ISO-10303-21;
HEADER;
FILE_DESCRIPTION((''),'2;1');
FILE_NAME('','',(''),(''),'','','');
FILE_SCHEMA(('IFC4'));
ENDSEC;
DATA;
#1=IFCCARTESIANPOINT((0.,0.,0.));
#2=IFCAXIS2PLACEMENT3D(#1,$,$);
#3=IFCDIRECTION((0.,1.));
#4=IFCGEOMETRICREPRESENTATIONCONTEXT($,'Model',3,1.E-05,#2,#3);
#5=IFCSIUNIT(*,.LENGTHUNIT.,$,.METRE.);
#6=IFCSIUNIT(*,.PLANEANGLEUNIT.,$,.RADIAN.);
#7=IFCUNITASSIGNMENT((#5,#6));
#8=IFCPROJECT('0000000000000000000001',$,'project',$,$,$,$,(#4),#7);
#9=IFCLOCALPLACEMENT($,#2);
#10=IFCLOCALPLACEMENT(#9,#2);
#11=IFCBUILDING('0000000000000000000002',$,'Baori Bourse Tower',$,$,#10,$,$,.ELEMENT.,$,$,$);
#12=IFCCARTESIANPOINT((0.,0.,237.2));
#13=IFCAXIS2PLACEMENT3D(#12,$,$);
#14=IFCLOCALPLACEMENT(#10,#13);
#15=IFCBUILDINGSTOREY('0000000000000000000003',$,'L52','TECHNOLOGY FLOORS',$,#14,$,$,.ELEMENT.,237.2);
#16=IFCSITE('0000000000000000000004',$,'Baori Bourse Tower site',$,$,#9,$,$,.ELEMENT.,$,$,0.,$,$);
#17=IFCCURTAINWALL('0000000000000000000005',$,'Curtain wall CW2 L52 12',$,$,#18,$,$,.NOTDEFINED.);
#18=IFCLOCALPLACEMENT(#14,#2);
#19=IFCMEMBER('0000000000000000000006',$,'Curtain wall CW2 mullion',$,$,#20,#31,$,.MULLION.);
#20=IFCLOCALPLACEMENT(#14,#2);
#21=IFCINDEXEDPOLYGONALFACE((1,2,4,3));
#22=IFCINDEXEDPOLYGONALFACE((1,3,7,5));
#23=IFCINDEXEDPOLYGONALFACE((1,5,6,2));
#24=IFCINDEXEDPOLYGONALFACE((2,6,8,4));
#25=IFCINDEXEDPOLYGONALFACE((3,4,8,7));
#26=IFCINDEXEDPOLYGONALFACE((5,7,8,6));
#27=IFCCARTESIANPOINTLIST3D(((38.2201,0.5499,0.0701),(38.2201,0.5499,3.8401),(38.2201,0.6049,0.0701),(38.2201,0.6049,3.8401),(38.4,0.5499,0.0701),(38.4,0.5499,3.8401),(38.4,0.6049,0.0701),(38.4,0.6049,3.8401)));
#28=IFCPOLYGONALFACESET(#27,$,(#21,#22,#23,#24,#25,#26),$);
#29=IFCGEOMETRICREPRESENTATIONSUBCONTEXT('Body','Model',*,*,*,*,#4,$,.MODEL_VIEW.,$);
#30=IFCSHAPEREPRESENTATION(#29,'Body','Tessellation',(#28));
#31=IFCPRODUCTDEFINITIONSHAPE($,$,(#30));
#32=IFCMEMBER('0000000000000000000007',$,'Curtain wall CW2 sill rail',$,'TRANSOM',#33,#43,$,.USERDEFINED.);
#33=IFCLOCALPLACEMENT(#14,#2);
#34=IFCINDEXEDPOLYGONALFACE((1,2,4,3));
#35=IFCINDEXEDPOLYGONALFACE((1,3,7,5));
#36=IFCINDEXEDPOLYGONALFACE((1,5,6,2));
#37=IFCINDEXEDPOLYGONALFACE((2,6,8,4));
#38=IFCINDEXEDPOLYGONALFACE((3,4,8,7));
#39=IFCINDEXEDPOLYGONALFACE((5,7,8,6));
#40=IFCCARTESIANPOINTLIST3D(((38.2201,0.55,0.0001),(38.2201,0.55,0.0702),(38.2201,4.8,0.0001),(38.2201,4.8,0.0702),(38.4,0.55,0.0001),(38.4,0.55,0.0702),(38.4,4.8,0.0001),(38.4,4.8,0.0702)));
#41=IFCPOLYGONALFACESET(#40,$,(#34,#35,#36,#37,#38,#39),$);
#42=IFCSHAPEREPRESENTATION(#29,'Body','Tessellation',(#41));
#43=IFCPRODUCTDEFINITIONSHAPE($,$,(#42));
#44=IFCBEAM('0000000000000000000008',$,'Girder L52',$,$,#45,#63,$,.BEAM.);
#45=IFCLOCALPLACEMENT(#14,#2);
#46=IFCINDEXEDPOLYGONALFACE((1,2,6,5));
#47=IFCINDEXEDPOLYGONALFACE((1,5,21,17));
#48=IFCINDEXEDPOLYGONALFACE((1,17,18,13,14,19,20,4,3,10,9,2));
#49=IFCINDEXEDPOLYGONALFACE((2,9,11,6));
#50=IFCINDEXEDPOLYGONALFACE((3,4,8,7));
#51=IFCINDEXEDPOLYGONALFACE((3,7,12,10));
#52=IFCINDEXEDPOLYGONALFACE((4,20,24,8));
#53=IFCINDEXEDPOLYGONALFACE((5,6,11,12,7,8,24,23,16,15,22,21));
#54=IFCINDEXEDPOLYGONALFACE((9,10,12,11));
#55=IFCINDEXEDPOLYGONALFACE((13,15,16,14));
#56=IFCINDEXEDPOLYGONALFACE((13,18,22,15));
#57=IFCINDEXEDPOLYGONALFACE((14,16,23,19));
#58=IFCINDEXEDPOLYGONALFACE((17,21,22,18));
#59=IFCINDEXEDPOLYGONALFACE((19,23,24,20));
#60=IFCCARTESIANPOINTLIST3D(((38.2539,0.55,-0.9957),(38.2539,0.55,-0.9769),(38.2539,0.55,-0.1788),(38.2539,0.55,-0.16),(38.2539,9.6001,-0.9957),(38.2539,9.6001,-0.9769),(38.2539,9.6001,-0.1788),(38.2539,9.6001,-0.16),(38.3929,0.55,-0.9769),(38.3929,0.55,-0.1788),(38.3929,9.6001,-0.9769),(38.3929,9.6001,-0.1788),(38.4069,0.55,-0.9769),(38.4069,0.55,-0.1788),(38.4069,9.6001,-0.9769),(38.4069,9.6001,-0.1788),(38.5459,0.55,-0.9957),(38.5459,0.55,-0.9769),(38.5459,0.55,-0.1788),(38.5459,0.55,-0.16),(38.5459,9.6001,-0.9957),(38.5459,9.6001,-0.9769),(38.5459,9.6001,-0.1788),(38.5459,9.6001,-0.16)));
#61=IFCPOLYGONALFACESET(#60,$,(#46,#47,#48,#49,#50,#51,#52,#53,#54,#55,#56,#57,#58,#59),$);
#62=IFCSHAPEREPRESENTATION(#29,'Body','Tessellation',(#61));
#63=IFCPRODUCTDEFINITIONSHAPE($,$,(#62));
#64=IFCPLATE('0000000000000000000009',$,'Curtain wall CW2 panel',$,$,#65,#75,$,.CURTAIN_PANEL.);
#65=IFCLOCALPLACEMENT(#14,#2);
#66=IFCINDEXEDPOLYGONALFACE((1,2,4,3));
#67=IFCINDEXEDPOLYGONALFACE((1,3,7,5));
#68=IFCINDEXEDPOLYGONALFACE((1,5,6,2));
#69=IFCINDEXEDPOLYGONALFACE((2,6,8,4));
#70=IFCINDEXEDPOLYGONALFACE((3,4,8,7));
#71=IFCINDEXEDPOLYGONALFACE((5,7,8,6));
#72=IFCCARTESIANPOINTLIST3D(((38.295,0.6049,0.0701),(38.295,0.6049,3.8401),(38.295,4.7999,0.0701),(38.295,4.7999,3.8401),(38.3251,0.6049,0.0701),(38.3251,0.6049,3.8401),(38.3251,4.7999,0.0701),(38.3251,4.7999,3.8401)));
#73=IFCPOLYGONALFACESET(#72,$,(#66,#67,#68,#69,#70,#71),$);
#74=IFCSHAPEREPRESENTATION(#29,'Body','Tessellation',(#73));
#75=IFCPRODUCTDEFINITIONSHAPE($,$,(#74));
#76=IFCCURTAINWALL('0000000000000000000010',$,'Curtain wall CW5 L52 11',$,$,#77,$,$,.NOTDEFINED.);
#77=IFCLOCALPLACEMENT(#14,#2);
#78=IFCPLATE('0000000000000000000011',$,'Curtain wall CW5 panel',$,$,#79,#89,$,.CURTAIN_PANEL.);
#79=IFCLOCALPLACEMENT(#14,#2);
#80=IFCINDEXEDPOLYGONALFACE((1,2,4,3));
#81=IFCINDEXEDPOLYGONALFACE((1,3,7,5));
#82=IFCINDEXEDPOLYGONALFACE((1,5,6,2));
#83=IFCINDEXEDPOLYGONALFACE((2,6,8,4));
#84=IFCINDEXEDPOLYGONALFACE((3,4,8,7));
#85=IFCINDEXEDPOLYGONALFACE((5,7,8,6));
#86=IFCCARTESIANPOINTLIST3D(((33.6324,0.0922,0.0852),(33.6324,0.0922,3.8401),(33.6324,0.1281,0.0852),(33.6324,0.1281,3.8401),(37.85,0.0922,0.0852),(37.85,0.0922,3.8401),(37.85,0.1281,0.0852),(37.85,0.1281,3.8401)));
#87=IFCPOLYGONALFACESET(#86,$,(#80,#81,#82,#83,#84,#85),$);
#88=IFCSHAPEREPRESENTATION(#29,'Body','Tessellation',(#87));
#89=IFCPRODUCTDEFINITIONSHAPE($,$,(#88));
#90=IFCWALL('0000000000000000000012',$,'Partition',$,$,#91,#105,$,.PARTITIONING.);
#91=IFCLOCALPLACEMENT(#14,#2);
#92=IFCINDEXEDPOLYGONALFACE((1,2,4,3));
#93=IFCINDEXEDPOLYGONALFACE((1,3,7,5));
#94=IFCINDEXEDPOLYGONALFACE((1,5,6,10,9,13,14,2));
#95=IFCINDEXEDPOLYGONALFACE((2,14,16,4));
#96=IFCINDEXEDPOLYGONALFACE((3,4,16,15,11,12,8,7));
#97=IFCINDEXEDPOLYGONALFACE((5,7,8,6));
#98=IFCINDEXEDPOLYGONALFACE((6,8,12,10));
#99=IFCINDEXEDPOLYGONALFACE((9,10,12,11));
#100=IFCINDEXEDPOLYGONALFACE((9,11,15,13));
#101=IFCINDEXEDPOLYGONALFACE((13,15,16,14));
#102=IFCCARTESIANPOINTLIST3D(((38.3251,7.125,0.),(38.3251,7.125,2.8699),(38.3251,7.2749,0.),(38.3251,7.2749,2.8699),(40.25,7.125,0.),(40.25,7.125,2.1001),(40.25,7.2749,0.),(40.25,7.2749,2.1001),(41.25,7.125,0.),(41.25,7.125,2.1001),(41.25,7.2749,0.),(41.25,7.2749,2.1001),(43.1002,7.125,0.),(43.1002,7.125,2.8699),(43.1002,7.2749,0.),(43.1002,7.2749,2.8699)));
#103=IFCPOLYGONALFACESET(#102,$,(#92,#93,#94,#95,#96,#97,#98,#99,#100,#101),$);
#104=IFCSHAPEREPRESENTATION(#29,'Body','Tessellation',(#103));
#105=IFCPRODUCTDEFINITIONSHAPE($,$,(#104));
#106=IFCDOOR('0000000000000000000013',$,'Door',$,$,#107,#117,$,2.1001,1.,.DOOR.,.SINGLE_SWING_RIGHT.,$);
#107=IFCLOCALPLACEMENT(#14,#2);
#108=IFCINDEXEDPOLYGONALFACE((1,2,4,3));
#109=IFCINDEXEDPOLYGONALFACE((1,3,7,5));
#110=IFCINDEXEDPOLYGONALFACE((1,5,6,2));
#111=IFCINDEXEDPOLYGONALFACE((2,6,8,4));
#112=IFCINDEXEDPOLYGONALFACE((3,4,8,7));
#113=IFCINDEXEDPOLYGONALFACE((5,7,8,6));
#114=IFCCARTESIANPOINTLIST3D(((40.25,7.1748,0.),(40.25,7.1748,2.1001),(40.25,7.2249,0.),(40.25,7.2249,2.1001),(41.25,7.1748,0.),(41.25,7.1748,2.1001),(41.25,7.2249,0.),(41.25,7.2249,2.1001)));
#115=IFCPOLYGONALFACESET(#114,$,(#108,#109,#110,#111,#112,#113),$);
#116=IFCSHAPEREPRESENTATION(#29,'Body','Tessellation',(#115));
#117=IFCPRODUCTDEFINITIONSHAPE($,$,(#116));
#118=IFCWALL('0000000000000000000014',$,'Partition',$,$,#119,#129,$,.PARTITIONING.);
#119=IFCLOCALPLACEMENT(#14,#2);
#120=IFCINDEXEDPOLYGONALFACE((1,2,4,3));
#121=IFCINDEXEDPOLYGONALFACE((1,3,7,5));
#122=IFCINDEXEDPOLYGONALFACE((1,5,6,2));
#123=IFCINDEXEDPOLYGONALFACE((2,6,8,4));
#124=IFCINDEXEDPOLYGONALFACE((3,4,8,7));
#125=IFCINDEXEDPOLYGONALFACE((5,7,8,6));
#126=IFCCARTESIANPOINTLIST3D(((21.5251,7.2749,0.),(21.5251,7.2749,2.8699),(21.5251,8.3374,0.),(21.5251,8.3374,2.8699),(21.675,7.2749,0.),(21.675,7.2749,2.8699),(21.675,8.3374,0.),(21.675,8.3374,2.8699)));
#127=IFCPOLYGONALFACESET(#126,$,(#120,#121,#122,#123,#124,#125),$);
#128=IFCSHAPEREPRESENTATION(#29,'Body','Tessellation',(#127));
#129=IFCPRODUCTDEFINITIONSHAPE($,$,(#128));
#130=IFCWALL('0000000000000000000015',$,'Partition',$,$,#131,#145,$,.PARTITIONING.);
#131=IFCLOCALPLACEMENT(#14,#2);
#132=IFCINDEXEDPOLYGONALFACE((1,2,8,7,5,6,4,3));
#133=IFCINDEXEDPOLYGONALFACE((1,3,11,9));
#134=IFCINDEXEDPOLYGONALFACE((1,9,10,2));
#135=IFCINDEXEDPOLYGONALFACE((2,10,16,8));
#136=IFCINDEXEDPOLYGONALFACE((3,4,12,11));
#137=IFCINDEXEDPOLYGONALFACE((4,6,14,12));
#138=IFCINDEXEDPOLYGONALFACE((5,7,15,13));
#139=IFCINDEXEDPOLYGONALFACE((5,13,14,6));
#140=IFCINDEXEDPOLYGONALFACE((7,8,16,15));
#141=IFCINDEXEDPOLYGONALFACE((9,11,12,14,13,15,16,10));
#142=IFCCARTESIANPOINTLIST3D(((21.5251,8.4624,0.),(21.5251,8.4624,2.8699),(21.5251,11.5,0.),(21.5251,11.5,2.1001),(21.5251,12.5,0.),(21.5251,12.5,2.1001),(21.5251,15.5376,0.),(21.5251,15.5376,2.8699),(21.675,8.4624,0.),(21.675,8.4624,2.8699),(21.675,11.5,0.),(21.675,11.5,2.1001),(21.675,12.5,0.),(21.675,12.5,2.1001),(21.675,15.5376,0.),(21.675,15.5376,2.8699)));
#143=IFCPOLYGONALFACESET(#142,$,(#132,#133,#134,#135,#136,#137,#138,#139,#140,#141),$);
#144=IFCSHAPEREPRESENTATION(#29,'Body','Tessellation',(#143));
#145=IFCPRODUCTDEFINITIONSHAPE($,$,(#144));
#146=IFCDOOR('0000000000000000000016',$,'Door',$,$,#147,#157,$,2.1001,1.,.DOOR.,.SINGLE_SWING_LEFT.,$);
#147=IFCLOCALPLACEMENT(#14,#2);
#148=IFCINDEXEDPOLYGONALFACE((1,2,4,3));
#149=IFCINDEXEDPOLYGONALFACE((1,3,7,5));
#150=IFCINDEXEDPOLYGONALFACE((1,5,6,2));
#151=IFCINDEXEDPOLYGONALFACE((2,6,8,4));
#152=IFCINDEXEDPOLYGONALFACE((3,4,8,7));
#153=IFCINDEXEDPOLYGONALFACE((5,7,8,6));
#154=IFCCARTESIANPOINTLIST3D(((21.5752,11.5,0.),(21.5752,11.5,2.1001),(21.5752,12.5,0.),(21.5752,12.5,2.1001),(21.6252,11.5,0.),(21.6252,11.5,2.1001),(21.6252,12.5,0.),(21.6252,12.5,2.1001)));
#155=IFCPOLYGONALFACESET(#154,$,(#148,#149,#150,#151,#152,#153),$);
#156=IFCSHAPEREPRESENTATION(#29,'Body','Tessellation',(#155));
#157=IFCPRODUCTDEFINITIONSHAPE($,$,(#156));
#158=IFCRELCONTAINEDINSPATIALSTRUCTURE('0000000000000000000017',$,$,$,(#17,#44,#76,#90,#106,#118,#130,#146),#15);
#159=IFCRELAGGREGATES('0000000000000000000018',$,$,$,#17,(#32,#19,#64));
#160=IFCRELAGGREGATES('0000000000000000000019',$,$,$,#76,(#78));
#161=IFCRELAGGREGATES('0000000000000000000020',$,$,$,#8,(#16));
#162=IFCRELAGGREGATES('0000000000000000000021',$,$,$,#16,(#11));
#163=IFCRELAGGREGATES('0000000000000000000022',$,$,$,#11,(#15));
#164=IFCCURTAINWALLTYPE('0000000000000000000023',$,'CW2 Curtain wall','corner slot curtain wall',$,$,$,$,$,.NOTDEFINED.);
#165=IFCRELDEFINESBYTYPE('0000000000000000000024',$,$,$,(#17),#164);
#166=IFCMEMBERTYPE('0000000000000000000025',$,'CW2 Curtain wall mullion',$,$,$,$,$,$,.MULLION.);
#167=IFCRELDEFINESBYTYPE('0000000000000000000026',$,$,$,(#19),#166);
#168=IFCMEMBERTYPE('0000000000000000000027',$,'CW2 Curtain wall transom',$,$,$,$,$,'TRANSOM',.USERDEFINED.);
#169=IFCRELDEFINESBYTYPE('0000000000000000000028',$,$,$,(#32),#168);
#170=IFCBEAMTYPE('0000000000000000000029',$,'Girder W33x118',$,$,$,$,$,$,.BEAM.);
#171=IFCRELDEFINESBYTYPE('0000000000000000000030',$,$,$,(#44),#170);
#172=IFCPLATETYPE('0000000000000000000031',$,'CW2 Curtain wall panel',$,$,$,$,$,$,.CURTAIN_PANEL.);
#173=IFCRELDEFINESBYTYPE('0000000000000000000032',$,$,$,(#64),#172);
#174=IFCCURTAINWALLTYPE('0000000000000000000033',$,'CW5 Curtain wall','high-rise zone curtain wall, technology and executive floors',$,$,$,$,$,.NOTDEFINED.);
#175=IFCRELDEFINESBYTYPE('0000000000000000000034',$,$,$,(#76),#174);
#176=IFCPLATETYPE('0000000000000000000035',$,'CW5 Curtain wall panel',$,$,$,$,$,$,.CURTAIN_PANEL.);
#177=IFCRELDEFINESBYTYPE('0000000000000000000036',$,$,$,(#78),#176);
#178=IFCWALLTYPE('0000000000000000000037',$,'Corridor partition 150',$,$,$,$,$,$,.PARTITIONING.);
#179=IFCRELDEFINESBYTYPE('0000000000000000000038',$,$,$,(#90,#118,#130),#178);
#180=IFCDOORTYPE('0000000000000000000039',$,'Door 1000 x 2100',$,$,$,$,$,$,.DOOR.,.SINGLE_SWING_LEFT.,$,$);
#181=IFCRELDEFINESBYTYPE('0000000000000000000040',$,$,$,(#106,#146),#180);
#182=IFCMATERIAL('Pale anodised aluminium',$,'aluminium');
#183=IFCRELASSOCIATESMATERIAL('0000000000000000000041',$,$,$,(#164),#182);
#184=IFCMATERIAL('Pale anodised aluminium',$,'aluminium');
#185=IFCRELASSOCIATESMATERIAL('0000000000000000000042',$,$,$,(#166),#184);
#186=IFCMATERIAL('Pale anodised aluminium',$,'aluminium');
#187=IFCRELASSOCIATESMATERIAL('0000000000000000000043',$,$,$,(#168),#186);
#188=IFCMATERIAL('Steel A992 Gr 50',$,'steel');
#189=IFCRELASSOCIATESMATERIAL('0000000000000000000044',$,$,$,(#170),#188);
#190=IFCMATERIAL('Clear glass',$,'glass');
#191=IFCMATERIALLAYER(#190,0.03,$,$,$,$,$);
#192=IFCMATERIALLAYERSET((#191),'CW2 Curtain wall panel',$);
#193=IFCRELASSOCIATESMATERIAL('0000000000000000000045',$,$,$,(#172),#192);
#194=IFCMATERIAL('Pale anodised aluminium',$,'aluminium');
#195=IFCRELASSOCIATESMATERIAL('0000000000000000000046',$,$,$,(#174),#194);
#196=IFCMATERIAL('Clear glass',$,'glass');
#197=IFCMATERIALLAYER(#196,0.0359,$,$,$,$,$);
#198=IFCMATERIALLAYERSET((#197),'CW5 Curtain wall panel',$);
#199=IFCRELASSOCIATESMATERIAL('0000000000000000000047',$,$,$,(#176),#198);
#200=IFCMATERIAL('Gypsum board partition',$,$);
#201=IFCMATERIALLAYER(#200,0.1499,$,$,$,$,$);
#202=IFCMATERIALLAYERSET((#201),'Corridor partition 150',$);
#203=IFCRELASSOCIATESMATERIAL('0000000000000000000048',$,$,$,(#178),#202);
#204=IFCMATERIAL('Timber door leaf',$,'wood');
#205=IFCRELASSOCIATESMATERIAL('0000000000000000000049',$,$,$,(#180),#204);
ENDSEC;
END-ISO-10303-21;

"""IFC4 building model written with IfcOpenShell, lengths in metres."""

from ifc_helpers import new_model, si_unit, direction, frame, frame_2d, origin, origin_2d, place, context, subcontext, project, spatial, rectangle, i_section, extrude, material, layer, layer_set, material_profile, profile_set, type_object, element, fill, aggregate, save


model = new_model("IFC4")

# Units and contexts
model_context = context("Model", 3, precision=1e-05, world=origin(), true_north=direction((0.0, 1.0)))
body_context = subcontext(model_context, "Body", "Model", "MODEL_VIEW")
ifc_project = project(units=[si_unit("LENGTHUNIT", "METRE"), si_unit("PLANEANGLEUNIT", "RADIAN")], contexts=[model_context])

# Site, building, storey
site_placement = place(None, origin())
site = spatial("IfcSite", under=ifc_project, at=site_placement, Name="Baori Bourse Tower site", CompositionType="ELEMENT", RefElevation=0.0)
building_placement = place(site_placement, origin())
building = spatial("IfcBuilding", under=site, at=building_placement, Name="Baori Bourse Tower", CompositionType="ELEMENT")
storey_placement = place(building_placement, frame((0.0, 0.0, 237.2)))
storey = spatial("IfcBuildingStorey", under=building, at=storey_placement, Name="L52", Description="TECHNOLOGY FLOORS", CompositionType="ELEMENT", Elevation=237.2)

# Curtain wall, members
ifc_material_1 = material(Name="Pale anodised aluminium", Category="aluminium")
curtain_wall_type_1 = type_object("IfcCurtainWallType", Name="CW2 Curtain wall", Description="corner slot curtain wall", PredefinedType="NOTDEFINED", material=ifc_material_1)
curtain_wall_1_placement = place(storey_placement, origin())
curtain_wall_1 = element("IfcCurtainWall", 1, at=curtain_wall_1_placement, inside=storey, type_object=curtain_wall_type_1, Name="Curtain wall CW2 L52 12", PredefinedType="NOTDEFINED")
ifc_material_2 = material(Name="Pale anodised aluminium", Category="aluminium")
ifc_material_profile_1 = material_profile(ifc_material_2, rectangle(XDim=0.1799, YDim=0.0549, at=origin_2d()), Name="Mullion 55x180")
ifc_profile_set_1 = profile_set([ifc_material_profile_1], Name="Pale anodised aluminium")
member_type_1 = type_object("IfcMemberType", Name="CW2 Curtain wall mullion", PredefinedType="MULLION", material=ifc_profile_set_1)
member_1_placement = place(storey_placement, frame((38.3101, 0.5774, 0.0701), z_axis=(0.0, 0.0, 1.0), x_axis=(-1.0, 0.0, 0.0)))
member_1 = element("IfcMember", 2, at=member_1_placement, type_object=member_type_1, Name="Curtain wall CW2 mullion", PredefinedType="MULLION", context=body_context, shape_type="SweptSolid", body=[
    extrude(rectangle(XDim=0.1799, YDim=0.0549, at=origin_2d()), origin(), (0.0, 0.0, 1.0), 3.77),
])
ifc_material_3 = material(Name="Pale anodised aluminium", Category="aluminium")
ifc_material_profile_2 = material_profile(ifc_material_3, rectangle(XDim=0.1799, YDim=0.0701, at=origin_2d()), Name="Transom 70x180")
ifc_profile_set_2 = profile_set([ifc_material_profile_2], Name="Pale anodised aluminium")
member_type_2 = type_object("IfcMemberType", Name="CW2 Curtain wall transom", ElementType="TRANSOM", PredefinedType="USERDEFINED", material=ifc_profile_set_2)
member_2_placement = place(storey_placement, frame((38.3101, 0.55, 0.0352), z_axis=(0.0, 1.0, 0.0), x_axis=(-1.0, 0.0, 0.0)))
member_2 = element("IfcMember", 3, at=member_2_placement, type_object=member_type_2, Name="Curtain wall CW2 sill rail", ObjectType="TRANSOM", PredefinedType="USERDEFINED", context=body_context, shape_type="SweptSolid", body=[
    extrude(rectangle(XDim=0.1799, YDim=0.0701, at=origin_2d()), origin(), (0.0, 0.0, 1.0), 4.25),
])

# Beam
ifc_material_4 = material(Name="Steel A992 Gr 50", Category="steel")
ifc_material_profile_3 = material_profile(ifc_material_4, i_section(OverallWidth=0.292, OverallDepth=0.8357, WebThickness=0.0139, FlangeThickness=0.0188, at=origin_2d()), Name="W33x118")
ifc_profile_set_3 = profile_set([ifc_material_profile_3], Name="Steel A992 Gr 50")
beam_type = type_object("IfcBeamType", Name="Girder W33x118", PredefinedType="BEAM", material=ifc_profile_set_3)
beam_placement = place(storey_placement, frame((38.3999, 0.55, -0.5779), z_axis=(0.0, 1.0, 0.0), x_axis=(-1.0, 0.0, 0.0)))
element("IfcBeam", 4, at=beam_placement, inside=storey, type_object=beam_type, Name="Girder L52", PredefinedType="BEAM", context=body_context, shape_type="SweptSolid", body=[
    extrude(i_section(OverallWidth=0.292, OverallDepth=0.8357, WebThickness=0.0139, FlangeThickness=0.0188, at=origin_2d()), origin(), (0.0, 0.0, 1.0), 9.05),
])

# Plate
ifc_material_5 = material(Name="Clear glass", Category="glass")
ifc_layer_1 = layer(ifc_material_5, 0.03)
ifc_layer_set_1 = layer_set([ifc_layer_1], Name="CW2 Curtain wall panel")
plate_type_1 = type_object("IfcPlateType", Name="CW2 Curtain wall panel", PredefinedType="CURTAIN_PANEL", material=ifc_layer_set_1)
plate_1_placement = place(storey_placement, frame((38.3101, 2.7024, 0.0701), z_axis=(0.0, 0.0, 1.0), x_axis=(0.0, 1.0, 0.0)))
plate_1 = element("IfcPlate", 5, at=plate_1_placement, type_object=plate_type_1, Name="Curtain wall CW2 panel", PredefinedType="CURTAIN_PANEL", context=body_context, shape_type="SweptSolid", body=[
    extrude(rectangle(XDim=4.1951, YDim=0.03, at=origin_2d()), origin(), (0.0, 0.0, 1.0), 3.77),
])
aggregate(curtain_wall_1, [member_2, member_1, plate_1])

# Curtain wall, plate
ifc_material_6 = material(Name="Pale anodised aluminium", Category="aluminium")
curtain_wall_type_2 = type_object("IfcCurtainWallType", Name="CW5 Curtain wall", Description="high-rise zone curtain wall, technology and executive floors", PredefinedType="NOTDEFINED", material=ifc_material_6)
curtain_wall_2_placement = place(storey_placement, origin())
curtain_wall_2 = element("IfcCurtainWall", 6, at=curtain_wall_2_placement, inside=storey, type_object=curtain_wall_type_2, Name="Curtain wall CW5 L52 11", PredefinedType="NOTDEFINED")
ifc_material_7 = material(Name="Clear glass", Category="glass")
ifc_layer_2 = layer(ifc_material_7, 0.0359)
ifc_layer_set_2 = layer_set([ifc_layer_2], Name="CW5 Curtain wall panel")
plate_type_2 = type_object("IfcPlateType", Name="CW5 Curtain wall panel", PredefinedType="CURTAIN_PANEL", material=ifc_layer_set_2)
plate_2_placement = place(storey_placement, frame((35.7412, 0.1101, 0.0852), z_axis=(0.0, 0.0, 1.0), x_axis=(1.0, 0.0, 0.0)))
plate_2 = element("IfcPlate", 7, at=plate_2_placement, type_object=plate_type_2, Name="Curtain wall CW5 panel", PredefinedType="CURTAIN_PANEL", context=body_context, shape_type="SweptSolid", body=[
    extrude(rectangle(XDim=4.2175, YDim=0.0359, at=origin_2d()), origin(), (0.0, 0.0, 1.0), 3.7549),
])
aggregate(curtain_wall_2, [plate_2])

# Wall, opening, door
ifc_material_8 = material(Name="Gypsum board partition")
ifc_layer_3 = layer(ifc_material_8, 0.1499)
ifc_layer_set_3 = layer_set([ifc_layer_3], Name="Corridor partition 150")
wall_type_1 = type_object("IfcWallType", Name="Corridor partition 150", PredefinedType="PARTITIONING", material=ifc_layer_set_3)
wall_1_placement = place(storey_placement, frame((38.325, 7.2, 0.0), z_axis=(0.0, 0.0, 1.0), x_axis=(1.0, 0.0, 0.0)))
wall_1 = element("IfcWall", 8, at=wall_1_placement, inside=storey, type_object=wall_type_1, Name="Partition", PredefinedType="PARTITIONING", context=body_context, shape_type="SweptSolid", body=[
    extrude(rectangle(XDim=4.7751, YDim=0.1499, at=frame_2d((2.3877, 0.0))), origin(), (0.0, 0.0, 1.0), 2.8699),
])
opening_1_placement = place(wall_1_placement, frame((1.925, 0.0, 0.0)))
opening_1 = element("IfcOpeningElement", 9, at=opening_1_placement, cuts=wall_1, PredefinedType="OPENING", context=body_context, shape_type="SweptSolid", body=[
    extrude(rectangle(XDim=1.0, YDim=2.1001, at=frame_2d((0.5, 1.05))), frame((0.0, 0.085, 0.0), z_axis=(0.0, -1.0, 0.0), x_axis=(1.0, 0.0, 0.0)), (0.0, 0.0, 1.0), 0.1699),
])
ifc_material_9 = material(Name="Timber door leaf", Category="wood")
door_type = type_object("IfcDoorType", Name="Door 1000 x 2100", OperationType="SINGLE_SWING_LEFT", PredefinedType="DOOR", material=ifc_material_9)
door_1_placement = place(opening_1_placement, origin())
door_1 = element("IfcDoor", 10, at=door_1_placement, inside=storey, type_object=door_type, Name="Door", OperationType="SINGLE_SWING_RIGHT", OverallHeight=2.1001, OverallWidth=1.0, PredefinedType="DOOR", context=body_context, shape_type="SweptSolid", body=[
    extrude(rectangle(XDim=1.0, YDim=2.1001, at=frame_2d((0.5, 1.05))), frame((0.0, 0.0249, 0.0), z_axis=(0.0, -1.0, 0.0), x_axis=(1.0, 0.0, 0.0)), (0.0, 0.0, 1.0), 0.05),
])
fill(opening_1, door_1)

# Wall
wall_2_placement = place(storey_placement, frame((21.6001, 7.2749, 0.0), z_axis=(0.0, 0.0, 1.0), x_axis=(0.0, 1.0, 0.0)))
element("IfcWall", 11, at=wall_2_placement, inside=storey, type_object=wall_type_1, Name="Partition", PredefinedType="PARTITIONING", context=body_context, shape_type="SweptSolid", body=[
    extrude(rectangle(XDim=1.0625, YDim=0.1499, at=frame_2d((0.5312, 0.0))), origin(), (0.0, 0.0, 1.0), 2.8699),
])

# Wall, opening, door
wall_3_placement = place(storey_placement, frame((21.6001, 8.4624, 0.0), z_axis=(0.0, 0.0, 1.0), x_axis=(0.0, 1.0, 0.0)))
wall_3 = element("IfcWall", 12, at=wall_3_placement, inside=storey, type_object=wall_type_1, Name="Partition", PredefinedType="PARTITIONING", context=body_context, shape_type="SweptSolid", body=[
    extrude(rectangle(XDim=7.0752, YDim=0.1499, at=frame_2d((3.5376, 0.0))), origin(), (0.0, 0.0, 1.0), 2.8699),
])
opening_2_placement = place(wall_3_placement, frame((3.0376, 0.0, 0.0)))
opening_2 = element("IfcOpeningElement", 13, at=opening_2_placement, cuts=wall_3, PredefinedType="OPENING", context=body_context, shape_type="SweptSolid", body=[
    extrude(rectangle(XDim=1.0, YDim=2.1001, at=frame_2d((0.5, 1.05))), frame((0.0, 0.085, 0.0), z_axis=(0.0, -1.0, 0.0), x_axis=(1.0, 0.0, 0.0)), (0.0, 0.0, 1.0), 0.1699),
])
door_2_placement = place(opening_2_placement, origin())
door_2 = element("IfcDoor", 14, at=door_2_placement, inside=storey, type_object=door_type, Name="Door", OperationType="SINGLE_SWING_LEFT", OverallHeight=2.1001, OverallWidth=1.0, PredefinedType="DOOR", context=body_context, shape_type="SweptSolid", body=[
    extrude(rectangle(XDim=1.0, YDim=2.1001, at=frame_2d((0.5, 1.05))), frame((0.0, 0.0249, 0.0), z_axis=(0.0, -1.0, 0.0), x_axis=(1.0, 0.0, 0.0)), (0.0, 0.0, 1.0), 0.05),
])
fill(opening_2, door_2)

save(model, "model.ifc")
